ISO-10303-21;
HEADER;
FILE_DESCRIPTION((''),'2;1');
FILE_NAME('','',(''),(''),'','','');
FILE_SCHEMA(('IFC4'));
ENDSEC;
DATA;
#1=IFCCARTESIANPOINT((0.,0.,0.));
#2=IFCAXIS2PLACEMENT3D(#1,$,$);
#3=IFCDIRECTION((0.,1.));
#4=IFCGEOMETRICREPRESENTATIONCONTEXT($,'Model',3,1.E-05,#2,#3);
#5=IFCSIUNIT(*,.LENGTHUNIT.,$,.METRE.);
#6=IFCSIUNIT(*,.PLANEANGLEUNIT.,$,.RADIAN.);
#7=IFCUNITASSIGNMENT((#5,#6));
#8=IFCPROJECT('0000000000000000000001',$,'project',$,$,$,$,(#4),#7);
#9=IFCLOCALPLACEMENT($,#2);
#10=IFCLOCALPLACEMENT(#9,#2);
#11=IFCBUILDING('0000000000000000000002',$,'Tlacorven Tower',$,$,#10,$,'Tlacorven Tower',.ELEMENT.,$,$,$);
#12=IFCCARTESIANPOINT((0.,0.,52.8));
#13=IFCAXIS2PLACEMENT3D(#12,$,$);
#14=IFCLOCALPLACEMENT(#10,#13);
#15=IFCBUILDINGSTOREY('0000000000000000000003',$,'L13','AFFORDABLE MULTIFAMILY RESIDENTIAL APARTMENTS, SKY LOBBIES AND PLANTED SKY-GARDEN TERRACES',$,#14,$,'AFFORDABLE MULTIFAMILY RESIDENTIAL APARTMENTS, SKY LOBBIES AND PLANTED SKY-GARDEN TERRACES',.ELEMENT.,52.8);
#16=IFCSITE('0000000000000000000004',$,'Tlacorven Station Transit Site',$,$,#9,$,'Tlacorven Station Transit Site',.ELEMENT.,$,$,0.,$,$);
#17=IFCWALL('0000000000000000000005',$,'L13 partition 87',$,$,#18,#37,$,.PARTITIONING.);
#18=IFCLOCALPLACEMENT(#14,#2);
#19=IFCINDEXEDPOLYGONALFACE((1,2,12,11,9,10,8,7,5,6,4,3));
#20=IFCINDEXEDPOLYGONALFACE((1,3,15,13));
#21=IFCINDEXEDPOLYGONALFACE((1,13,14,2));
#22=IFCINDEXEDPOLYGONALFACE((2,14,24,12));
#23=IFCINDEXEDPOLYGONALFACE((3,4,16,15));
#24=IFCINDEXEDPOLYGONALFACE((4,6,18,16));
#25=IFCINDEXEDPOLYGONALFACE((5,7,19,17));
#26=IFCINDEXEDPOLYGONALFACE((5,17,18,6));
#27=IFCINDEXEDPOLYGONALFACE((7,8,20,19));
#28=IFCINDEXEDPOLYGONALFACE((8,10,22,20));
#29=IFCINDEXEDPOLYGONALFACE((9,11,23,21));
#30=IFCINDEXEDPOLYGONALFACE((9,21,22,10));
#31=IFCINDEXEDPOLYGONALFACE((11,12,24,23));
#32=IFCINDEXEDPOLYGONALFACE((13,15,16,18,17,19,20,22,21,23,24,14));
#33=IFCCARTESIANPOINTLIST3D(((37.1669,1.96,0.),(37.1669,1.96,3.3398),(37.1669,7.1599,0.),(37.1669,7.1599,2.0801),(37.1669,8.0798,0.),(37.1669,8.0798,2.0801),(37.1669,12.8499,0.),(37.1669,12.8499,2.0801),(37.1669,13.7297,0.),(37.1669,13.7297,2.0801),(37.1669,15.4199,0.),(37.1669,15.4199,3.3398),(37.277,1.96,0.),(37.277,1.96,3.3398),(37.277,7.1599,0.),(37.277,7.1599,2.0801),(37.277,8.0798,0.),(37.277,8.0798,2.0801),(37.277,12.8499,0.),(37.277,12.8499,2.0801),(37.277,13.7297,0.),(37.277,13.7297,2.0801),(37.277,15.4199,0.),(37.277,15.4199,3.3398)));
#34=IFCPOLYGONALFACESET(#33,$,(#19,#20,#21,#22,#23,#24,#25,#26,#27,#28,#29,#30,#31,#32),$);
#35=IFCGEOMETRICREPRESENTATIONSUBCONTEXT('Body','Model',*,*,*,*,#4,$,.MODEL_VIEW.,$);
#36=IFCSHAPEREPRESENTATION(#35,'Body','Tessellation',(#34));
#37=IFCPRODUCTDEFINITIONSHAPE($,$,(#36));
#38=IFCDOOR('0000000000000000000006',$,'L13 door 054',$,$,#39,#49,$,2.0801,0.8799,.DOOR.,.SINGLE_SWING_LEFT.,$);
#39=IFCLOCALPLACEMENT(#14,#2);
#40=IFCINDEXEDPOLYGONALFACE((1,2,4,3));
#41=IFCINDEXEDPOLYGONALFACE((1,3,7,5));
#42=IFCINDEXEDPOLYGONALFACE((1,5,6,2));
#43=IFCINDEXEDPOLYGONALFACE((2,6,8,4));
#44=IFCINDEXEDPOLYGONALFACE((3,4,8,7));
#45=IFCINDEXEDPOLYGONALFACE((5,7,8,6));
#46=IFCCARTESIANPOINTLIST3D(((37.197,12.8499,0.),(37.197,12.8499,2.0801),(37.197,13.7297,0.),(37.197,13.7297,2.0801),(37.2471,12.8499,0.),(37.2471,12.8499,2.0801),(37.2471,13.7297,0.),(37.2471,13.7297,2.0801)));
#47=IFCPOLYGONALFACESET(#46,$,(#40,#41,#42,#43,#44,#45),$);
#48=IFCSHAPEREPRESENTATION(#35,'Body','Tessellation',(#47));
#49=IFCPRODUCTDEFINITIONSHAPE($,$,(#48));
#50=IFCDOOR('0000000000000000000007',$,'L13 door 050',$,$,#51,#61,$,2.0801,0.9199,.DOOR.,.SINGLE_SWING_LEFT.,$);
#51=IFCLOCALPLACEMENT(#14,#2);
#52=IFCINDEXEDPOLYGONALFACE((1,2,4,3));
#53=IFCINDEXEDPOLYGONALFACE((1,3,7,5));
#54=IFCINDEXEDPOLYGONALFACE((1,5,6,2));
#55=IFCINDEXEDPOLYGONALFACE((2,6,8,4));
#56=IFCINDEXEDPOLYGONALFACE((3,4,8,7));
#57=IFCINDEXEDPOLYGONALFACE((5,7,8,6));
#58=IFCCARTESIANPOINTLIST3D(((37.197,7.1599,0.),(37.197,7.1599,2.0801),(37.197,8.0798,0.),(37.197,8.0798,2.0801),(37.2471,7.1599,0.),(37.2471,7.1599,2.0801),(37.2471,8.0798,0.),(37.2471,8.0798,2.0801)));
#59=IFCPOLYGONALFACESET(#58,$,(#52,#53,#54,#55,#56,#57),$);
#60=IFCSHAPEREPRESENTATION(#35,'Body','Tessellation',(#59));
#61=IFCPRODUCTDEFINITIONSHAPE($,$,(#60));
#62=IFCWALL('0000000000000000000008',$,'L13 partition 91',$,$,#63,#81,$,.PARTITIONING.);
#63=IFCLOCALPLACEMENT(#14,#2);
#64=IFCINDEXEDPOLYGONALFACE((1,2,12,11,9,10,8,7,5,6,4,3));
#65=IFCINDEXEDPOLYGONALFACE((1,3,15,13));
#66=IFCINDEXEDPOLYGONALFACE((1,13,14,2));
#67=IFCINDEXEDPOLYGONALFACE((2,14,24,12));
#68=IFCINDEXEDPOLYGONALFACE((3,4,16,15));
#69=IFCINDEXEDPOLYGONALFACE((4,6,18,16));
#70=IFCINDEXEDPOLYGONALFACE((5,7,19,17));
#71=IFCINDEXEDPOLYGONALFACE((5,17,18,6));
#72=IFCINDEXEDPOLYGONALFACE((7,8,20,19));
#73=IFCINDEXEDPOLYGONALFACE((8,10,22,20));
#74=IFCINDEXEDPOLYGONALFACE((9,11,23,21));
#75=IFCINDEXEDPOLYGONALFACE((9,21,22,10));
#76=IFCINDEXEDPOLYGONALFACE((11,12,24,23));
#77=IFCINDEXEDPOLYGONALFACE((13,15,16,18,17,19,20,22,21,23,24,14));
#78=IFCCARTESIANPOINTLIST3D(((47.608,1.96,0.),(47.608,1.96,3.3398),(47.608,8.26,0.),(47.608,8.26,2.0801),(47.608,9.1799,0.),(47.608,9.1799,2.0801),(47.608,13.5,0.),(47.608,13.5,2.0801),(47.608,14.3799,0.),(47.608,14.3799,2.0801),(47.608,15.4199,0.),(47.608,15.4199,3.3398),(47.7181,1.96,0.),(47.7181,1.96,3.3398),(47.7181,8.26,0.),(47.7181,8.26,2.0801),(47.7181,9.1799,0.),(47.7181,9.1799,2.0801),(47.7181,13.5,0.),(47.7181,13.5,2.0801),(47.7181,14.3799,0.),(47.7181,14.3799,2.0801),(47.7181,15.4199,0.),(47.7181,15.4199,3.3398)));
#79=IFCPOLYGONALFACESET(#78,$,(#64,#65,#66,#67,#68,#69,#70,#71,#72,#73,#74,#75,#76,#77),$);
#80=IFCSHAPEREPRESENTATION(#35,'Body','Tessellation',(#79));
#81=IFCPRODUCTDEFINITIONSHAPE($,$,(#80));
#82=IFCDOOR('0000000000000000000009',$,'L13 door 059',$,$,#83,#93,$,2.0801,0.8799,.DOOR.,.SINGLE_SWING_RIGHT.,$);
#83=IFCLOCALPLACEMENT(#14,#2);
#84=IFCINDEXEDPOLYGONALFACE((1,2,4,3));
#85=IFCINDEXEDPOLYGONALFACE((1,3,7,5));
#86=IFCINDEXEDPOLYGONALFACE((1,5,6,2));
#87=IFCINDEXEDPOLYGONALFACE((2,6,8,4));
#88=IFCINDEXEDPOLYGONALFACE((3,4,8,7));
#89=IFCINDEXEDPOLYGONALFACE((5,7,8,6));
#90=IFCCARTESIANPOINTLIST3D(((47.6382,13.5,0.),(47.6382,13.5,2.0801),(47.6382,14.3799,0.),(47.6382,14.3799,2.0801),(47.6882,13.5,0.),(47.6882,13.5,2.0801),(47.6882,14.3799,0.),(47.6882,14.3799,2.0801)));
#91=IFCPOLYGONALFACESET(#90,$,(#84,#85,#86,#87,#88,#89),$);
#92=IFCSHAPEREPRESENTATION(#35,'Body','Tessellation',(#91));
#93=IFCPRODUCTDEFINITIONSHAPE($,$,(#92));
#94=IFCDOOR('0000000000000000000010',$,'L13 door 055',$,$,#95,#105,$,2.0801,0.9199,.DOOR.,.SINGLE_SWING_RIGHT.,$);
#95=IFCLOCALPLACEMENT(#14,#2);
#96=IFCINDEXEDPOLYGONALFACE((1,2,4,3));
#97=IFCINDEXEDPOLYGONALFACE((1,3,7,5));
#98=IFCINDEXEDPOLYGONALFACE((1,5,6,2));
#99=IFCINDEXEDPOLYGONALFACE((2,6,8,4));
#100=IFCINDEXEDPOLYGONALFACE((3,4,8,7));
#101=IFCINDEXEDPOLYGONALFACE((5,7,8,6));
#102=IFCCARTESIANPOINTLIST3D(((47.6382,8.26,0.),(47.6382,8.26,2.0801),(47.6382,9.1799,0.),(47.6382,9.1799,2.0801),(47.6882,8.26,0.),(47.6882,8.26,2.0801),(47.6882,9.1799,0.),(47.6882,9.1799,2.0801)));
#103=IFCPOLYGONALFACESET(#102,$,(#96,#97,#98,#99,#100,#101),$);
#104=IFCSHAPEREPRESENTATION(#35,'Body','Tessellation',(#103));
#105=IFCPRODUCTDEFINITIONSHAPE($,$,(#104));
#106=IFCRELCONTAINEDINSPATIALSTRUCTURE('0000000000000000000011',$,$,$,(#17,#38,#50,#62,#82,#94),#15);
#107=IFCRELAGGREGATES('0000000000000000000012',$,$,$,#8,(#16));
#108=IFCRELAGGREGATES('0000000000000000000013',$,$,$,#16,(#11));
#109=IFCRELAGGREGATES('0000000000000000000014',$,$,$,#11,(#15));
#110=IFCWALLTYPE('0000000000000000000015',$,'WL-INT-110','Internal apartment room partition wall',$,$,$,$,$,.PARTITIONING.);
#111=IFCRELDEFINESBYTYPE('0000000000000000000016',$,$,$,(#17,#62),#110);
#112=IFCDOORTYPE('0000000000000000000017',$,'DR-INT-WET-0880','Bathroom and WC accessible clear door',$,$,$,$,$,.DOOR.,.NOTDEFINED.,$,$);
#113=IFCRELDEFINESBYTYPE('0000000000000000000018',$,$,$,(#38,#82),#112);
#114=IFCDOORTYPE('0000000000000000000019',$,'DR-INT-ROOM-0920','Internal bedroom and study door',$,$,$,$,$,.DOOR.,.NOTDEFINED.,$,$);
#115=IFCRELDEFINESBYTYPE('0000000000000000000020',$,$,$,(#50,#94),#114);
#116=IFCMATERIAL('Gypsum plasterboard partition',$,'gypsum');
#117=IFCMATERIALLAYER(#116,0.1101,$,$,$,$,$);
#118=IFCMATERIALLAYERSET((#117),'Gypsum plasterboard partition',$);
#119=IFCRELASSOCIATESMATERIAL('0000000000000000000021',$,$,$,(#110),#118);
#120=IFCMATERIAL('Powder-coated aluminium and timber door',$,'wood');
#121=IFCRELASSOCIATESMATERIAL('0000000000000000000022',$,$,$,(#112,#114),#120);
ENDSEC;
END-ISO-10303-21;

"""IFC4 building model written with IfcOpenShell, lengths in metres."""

from ifc_helpers import new_model, si_unit, direction, frame, frame_2d, origin, place, context, subcontext, project, spatial, rectangle, extrude, source, transform, mapped, material, layer, layer_set, type_object, element, fill, save


model = new_model("IFC4")

# Units and contexts
model_context = context("Model", 3, precision=1e-05, world=origin(), true_north=direction((0.0, 1.0)))
body_context = subcontext(model_context, "Body", "Model", "MODEL_VIEW")
ifc_project = project(units=[si_unit("LENGTHUNIT", "METRE"), si_unit("PLANEANGLEUNIT", "RADIAN")], contexts=[model_context])

# Site, building, storey
site_placement = place(None, origin())
site = spatial("IfcSite", under=ifc_project, at=site_placement, Name="Tlacorven Station Transit Site", LongName="Tlacorven Station Transit Site", CompositionType="ELEMENT", RefElevation=0.0)
building_placement = place(site_placement, origin())
building = spatial("IfcBuilding", under=site, at=building_placement, Name="Tlacorven Tower", LongName="Tlacorven Tower", CompositionType="ELEMENT")
storey_placement = place(building_placement, frame((0.0, 0.0, 52.8)))
storey = spatial("IfcBuildingStorey", under=building, at=storey_placement, Name="L13", Description="AFFORDABLE MULTIFAMILY RESIDENTIAL APARTMENTS, SKY LOBBIES AND PLANTED SKY-GARDEN TERRACES", LongName="AFFORDABLE MULTIFAMILY RESIDENTIAL APARTMENTS, SKY LOBBIES AND PLANTED SKY-GARDEN TERRACES", CompositionType="ELEMENT", Elevation=52.8)

# Walls, openings, doors
ifc_material_1 = material(Name="Gypsum plasterboard partition", Category="gypsum")
ifc_layer_1 = layer(ifc_material_1, 0.1101)
ifc_layer_set_1 = layer_set([ifc_layer_1], Name="Gypsum plasterboard partition")
wall_type_1 = type_object("IfcWallType", Name="WL-INT-110", Description="Internal apartment room partition wall", PredefinedType="PARTITIONING", material=ifc_layer_set_1)
wall_1_placement = place(storey_placement, frame((37.2219, 1.96, 0.0), z_axis=(0.0, 0.0, 1.0), x_axis=(0.0, 1.0, 0.0)))
wall_1 = element("IfcWall", 1, at=wall_1_placement, inside=storey, type_object=wall_type_1, Name="L13 partition 87", PredefinedType="PARTITIONING", context=body_context, shape_type="SweptSolid", body=[
    extrude(rectangle(XDim=13.46, YDim=0.1101, at=frame_2d((6.73, 0.0))), origin(), (0.0, 0.0, 1.0), 3.3398),
])
opening_1_placement = place(wall_1_placement, frame((5.2, 0.0, 0.0)))
opening_1 = element("IfcOpeningElement", 2, at=opening_1_placement, cuts=wall_1, PredefinedType="OPENING", context=body_context, shape_type="SweptSolid", body=[
    extrude(rectangle(XDim=0.9199, YDim=2.0801, at=frame_2d((0.46, 1.04))), frame((0.0, 0.0649, 0.0), z_axis=(0.0, -1.0, 0.0), x_axis=(1.0, 0.0, 0.0)), (0.0, 0.0, 1.0), 0.1301),
])
opening_2_placement = place(wall_1_placement, frame((10.8899, 0.0, 0.0)))
opening_2 = element("IfcOpeningElement", 3, at=opening_2_placement, cuts=wall_1, PredefinedType="OPENING", context=body_context, shape_type="SweptSolid", body=[
    extrude(rectangle(XDim=0.8799, YDim=2.0801, at=frame_2d((0.4399, 1.04))), frame((0.0, 0.0649, 0.0), z_axis=(0.0, -1.0, 0.0), x_axis=(1.0, 0.0, 0.0)), (0.0, 0.0, 1.0), 0.1301),
])
ifc_material_2 = material(Name="Powder-coated aluminium and timber door", Category="wood")
door_type_1 = type_object("IfcDoorType", Name="DR-INT-WET-0880", Description="Bathroom and WC accessible clear door", OperationType="NOTDEFINED", PredefinedType="DOOR", material=ifc_material_2)
shared_shape_1 = source(origin(), body_context, "Body", "SweptSolid", [
    extrude(rectangle(XDim=0.8799, YDim=2.0801, at=frame_2d((0.4399, 1.04))), frame((0.0, 0.0249, 0.0), z_axis=(0.0, -1.0, 0.0), x_axis=(1.0, 0.0, 0.0)), (0.0, 0.0, 1.0), 0.05),
])
door_1_placement = place(opening_2_placement, origin())
door_1 = element("IfcDoor", 4, at=door_1_placement, inside=storey, type_object=door_type_1, Name="L13 door 054", OperationType="SINGLE_SWING_LEFT", OverallHeight=2.0801, OverallWidth=0.8799, PredefinedType="DOOR", context=body_context, shape_type="MappedRepresentation", body=[
    mapped(shared_shape_1, transform((0.0, 0.0, 0.0), scale=1.0)),
])
fill(opening_2, door_1)
door_type_2 = type_object("IfcDoorType", Name="DR-INT-ROOM-0920", Description="Internal bedroom and study door", OperationType="NOTDEFINED", PredefinedType="DOOR", material=ifc_material_2)
shared_shape_2 = source(origin(), body_context, "Body", "SweptSolid", [
    extrude(rectangle(XDim=0.9199, YDim=2.0801, at=frame_2d((0.46, 1.04))), frame((0.0, 0.0249, 0.0), z_axis=(0.0, -1.0, 0.0), x_axis=(1.0, 0.0, 0.0)), (0.0, 0.0, 1.0), 0.05),
])
door_2_placement = place(opening_1_placement, origin())
door_2 = element("IfcDoor", 5, at=door_2_placement, inside=storey, type_object=door_type_2, Name="L13 door 050", OperationType="SINGLE_SWING_LEFT", OverallHeight=2.0801, OverallWidth=0.9199, PredefinedType="DOOR", context=body_context, shape_type="MappedRepresentation", body=[
    mapped(shared_shape_2, transform((0.0, 0.0, 0.0), scale=1.0)),
])
fill(opening_1, door_2)
wall_2_placement = place(storey_placement, frame((47.6631, 1.96, 0.0), z_axis=(0.0, 0.0, 1.0), x_axis=(0.0, 1.0, 0.0)))
wall_2 = element("IfcWall", 6, at=wall_2_placement, inside=storey, type_object=wall_type_1, Name="L13 partition 91", PredefinedType="PARTITIONING", context=body_context, shape_type="SweptSolid", body=[
    extrude(rectangle(XDim=13.46, YDim=0.1101, at=frame_2d((6.73, 0.0))), origin(), (0.0, 0.0, 1.0), 3.3398),
])
opening_3_placement = place(wall_2_placement, frame((6.3, 0.0, 0.0)))
opening_3 = element("IfcOpeningElement", 7, at=opening_3_placement, cuts=wall_2, PredefinedType="OPENING", context=body_context, shape_type="SweptSolid", body=[
    extrude(rectangle(XDim=0.9199, YDim=2.0801, at=frame_2d((0.46, 1.04))), frame((0.0, 0.0649, 0.0), z_axis=(0.0, -1.0, 0.0), x_axis=(1.0, 0.0, 0.0)), (0.0, 0.0, 1.0), 0.1301),
])
opening_4_placement = place(wall_2_placement, frame((11.54, 0.0, 0.0)))
opening_4 = element("IfcOpeningElement", 8, at=opening_4_placement, cuts=wall_2, PredefinedType="OPENING", context=body_context, shape_type="SweptSolid", body=[
    extrude(rectangle(XDim=0.8799, YDim=2.0801, at=frame_2d((0.4399, 1.04))), frame((0.0, 0.0649, 0.0), z_axis=(0.0, -1.0, 0.0), x_axis=(1.0, 0.0, 0.0)), (0.0, 0.0, 1.0), 0.1301),
])
door_3_placement = place(opening_4_placement, origin())
door_3 = element("IfcDoor", 9, at=door_3_placement, inside=storey, type_object=door_type_1, Name="L13 door 059", OperationType="SINGLE_SWING_RIGHT", OverallHeight=2.0801, OverallWidth=0.8799, PredefinedType="DOOR", context=body_context, shape_type="MappedRepresentation", body=[
    mapped(shared_shape_1, transform((0.0, 0.0, 0.0), scale=1.0)),
])
fill(opening_4, door_3)
door_4_placement = place(opening_3_placement, origin())
door_4 = element("IfcDoor", 10, at=door_4_placement, inside=storey, type_object=door_type_2, Name="L13 door 055", OperationType="SINGLE_SWING_RIGHT", OverallHeight=2.0801, OverallWidth=0.9199, PredefinedType="DOOR", context=body_context, shape_type="MappedRepresentation", body=[
    mapped(shared_shape_2, transform((0.0, 0.0, 0.0), scale=1.0)),
])
fill(opening_3, door_4)

save(model, "model.ifc")
